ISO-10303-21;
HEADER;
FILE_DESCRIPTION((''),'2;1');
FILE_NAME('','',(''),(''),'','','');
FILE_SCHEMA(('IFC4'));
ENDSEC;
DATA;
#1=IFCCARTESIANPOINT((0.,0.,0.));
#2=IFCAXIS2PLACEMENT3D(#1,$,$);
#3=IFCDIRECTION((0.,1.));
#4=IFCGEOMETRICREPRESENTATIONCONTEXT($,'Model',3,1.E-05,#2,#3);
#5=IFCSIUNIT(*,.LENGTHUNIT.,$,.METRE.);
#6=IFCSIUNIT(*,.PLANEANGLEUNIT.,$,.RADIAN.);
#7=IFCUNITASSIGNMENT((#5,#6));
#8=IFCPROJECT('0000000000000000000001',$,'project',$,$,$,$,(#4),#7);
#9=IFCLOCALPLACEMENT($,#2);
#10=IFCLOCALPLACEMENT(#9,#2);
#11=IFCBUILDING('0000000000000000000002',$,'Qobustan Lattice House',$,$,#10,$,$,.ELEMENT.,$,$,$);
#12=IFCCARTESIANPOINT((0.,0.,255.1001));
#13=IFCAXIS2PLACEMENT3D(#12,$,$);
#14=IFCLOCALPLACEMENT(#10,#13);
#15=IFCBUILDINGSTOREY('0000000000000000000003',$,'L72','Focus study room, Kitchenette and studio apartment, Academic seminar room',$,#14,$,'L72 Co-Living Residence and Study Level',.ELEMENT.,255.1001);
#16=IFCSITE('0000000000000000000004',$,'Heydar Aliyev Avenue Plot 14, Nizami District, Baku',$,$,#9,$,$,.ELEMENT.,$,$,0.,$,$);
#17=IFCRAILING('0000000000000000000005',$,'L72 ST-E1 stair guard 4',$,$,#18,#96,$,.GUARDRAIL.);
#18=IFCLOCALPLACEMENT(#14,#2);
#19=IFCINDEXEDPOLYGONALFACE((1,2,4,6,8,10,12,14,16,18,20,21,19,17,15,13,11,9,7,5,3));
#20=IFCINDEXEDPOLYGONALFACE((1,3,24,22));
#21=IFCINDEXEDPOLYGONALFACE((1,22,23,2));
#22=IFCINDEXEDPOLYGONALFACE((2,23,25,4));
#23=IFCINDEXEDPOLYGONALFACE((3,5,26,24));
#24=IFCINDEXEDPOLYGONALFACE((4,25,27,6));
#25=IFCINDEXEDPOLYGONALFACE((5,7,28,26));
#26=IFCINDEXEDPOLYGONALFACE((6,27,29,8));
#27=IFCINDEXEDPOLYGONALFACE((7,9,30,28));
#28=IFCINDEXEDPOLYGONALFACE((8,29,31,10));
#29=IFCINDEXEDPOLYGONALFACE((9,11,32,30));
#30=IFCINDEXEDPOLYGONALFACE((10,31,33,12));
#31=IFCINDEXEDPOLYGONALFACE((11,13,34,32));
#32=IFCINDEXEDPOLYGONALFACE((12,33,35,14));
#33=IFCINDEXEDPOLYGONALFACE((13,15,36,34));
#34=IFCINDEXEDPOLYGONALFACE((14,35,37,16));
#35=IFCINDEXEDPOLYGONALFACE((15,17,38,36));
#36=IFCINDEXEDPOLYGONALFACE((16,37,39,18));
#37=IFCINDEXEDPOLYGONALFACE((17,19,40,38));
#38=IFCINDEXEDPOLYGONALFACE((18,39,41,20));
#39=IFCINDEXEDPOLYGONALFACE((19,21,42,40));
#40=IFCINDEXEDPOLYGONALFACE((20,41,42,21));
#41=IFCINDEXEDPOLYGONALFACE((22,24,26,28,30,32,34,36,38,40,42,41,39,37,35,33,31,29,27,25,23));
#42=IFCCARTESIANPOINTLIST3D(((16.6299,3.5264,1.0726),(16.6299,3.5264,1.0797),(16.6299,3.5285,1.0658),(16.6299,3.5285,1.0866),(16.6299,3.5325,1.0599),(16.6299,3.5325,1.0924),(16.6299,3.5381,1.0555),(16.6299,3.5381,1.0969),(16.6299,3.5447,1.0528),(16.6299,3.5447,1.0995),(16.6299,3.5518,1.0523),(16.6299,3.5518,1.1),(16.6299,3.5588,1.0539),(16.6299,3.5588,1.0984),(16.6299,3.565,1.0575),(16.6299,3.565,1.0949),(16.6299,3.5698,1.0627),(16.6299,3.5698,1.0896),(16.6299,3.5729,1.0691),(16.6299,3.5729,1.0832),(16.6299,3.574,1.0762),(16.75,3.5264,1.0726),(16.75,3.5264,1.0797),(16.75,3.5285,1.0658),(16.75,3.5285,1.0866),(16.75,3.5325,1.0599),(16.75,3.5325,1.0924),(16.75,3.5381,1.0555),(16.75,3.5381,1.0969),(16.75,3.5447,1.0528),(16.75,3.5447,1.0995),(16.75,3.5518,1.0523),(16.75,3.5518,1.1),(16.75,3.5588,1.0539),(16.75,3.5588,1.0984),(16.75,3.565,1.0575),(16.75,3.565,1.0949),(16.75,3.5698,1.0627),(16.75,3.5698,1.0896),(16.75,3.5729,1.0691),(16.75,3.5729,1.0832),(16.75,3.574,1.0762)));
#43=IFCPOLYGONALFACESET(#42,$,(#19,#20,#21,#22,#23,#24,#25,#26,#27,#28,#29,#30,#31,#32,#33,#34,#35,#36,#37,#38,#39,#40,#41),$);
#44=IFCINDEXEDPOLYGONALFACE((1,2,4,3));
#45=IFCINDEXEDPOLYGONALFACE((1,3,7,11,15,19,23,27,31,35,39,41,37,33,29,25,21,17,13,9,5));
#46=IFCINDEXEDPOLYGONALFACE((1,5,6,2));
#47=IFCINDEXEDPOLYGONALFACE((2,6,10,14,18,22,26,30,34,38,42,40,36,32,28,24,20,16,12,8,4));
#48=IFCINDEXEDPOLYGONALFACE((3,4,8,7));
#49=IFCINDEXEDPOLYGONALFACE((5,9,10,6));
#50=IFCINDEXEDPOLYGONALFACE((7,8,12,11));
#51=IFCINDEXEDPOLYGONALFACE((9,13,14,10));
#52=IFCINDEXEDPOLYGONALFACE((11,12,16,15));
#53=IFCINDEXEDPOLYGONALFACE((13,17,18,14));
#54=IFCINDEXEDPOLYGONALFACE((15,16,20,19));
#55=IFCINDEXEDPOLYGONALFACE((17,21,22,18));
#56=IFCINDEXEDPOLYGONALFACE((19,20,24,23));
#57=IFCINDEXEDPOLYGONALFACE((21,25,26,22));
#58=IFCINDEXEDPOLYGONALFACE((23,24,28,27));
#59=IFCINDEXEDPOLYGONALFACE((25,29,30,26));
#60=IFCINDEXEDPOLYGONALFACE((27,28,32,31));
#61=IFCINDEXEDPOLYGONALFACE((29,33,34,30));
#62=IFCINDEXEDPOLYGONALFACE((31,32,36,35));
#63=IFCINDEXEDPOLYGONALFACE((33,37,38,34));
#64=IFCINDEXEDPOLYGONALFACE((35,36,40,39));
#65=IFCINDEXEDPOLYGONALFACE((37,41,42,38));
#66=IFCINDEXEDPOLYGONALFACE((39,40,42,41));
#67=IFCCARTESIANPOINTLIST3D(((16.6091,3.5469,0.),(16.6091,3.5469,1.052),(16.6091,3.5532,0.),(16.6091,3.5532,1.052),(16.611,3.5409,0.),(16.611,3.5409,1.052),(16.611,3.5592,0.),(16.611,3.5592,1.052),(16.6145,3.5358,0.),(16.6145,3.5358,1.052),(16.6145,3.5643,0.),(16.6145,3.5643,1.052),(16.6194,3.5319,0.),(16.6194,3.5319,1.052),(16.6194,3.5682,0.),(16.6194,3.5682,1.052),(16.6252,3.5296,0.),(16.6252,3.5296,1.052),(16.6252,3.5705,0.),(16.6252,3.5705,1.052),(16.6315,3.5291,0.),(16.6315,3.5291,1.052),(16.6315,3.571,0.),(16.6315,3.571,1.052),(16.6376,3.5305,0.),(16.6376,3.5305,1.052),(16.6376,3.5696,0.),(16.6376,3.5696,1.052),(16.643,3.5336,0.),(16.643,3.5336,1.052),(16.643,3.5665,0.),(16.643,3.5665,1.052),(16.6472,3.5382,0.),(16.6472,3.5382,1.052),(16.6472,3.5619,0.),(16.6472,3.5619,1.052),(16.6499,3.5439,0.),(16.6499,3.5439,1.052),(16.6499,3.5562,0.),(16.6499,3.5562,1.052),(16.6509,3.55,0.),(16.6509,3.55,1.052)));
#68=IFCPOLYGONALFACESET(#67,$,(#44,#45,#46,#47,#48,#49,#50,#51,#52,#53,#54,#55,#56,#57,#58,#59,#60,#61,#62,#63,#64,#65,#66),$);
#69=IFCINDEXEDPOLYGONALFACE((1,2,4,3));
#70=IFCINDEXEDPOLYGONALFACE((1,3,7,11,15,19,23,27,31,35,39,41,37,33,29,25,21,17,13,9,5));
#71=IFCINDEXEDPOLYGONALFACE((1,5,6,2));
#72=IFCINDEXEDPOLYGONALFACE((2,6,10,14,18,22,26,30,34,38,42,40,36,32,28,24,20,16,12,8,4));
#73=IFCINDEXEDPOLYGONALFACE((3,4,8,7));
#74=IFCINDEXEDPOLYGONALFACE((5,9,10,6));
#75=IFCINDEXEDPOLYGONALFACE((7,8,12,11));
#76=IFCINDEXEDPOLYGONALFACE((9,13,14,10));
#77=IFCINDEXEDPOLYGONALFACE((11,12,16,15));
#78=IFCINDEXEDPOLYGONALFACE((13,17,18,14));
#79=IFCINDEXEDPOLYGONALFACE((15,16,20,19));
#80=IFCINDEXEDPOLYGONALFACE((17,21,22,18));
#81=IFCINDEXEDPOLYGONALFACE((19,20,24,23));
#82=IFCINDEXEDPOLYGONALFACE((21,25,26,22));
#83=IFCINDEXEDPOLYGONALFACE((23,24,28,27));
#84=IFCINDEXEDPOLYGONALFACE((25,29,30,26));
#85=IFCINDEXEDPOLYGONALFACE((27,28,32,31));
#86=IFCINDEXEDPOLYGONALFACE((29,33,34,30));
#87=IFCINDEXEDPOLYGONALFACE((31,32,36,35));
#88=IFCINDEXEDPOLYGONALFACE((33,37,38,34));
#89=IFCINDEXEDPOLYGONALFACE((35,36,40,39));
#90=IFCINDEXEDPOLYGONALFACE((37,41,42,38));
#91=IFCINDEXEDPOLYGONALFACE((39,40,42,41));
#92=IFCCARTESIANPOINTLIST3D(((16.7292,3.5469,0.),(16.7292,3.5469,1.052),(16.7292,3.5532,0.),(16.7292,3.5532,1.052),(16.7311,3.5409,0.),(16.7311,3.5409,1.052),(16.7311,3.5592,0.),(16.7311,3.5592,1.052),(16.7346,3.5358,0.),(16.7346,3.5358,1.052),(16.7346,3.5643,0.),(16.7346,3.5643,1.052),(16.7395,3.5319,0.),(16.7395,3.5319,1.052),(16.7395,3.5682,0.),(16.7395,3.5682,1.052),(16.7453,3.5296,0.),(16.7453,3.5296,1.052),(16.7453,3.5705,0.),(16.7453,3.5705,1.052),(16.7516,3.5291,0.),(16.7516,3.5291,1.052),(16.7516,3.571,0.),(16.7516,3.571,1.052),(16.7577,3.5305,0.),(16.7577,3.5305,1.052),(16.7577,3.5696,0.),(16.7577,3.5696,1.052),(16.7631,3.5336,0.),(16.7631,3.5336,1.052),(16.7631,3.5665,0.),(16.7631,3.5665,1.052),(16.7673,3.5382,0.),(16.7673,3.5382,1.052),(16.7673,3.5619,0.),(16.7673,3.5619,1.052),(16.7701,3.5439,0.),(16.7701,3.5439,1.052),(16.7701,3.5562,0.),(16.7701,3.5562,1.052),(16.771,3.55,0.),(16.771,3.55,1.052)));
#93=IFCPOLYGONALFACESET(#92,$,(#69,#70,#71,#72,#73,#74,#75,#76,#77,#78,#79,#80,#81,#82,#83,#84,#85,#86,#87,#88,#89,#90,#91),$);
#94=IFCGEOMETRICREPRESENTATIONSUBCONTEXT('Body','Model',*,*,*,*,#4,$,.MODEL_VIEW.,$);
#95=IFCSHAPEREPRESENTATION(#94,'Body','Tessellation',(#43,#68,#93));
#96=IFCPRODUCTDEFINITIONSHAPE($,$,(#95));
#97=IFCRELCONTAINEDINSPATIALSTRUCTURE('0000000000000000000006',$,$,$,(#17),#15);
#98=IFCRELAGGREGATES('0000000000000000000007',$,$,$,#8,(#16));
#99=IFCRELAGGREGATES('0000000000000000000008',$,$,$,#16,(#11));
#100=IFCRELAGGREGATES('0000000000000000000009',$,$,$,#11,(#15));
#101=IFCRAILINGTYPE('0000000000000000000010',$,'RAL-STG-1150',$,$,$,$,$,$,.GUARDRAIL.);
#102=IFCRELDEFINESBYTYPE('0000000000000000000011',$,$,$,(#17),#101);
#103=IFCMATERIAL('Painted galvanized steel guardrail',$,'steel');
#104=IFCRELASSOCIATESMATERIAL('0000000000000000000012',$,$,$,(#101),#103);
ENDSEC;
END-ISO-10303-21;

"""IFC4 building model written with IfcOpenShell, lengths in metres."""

from ifc_helpers import new_model, si_unit, direction, frame, origin, origin_2d, place, context, subcontext, project, spatial, circle, extrude, material, type_object, element, save


model = new_model("IFC4")

# Units and contexts
model_context = context("Model", 3, precision=1e-05, world=origin(), true_north=direction((0.0, 1.0)))
body_context = subcontext(model_context, "Body", "Model", "MODEL_VIEW")
ifc_project = project(units=[si_unit("LENGTHUNIT", "METRE"), si_unit("PLANEANGLEUNIT", "RADIAN")], contexts=[model_context])

# Site, building, storey
site_placement = place(None, origin())
site = spatial("IfcSite", under=ifc_project, at=site_placement, Name="Heydar Aliyev Avenue Plot 14, Nizami District, Baku", CompositionType="ELEMENT", RefElevation=0.0)
building_placement = place(site_placement, origin())
building = spatial("IfcBuilding", under=site, at=building_placement, Name="Qobustan Lattice House", CompositionType="ELEMENT")
storey_placement = place(building_placement, frame((0.0, 0.0, 255.1001)))
storey = spatial("IfcBuildingStorey", under=building, at=storey_placement, Name="L72", Description="Focus study room, Kitchenette and studio apartment, Academic seminar room", LongName="L72 Co-Living Residence and Study Level", CompositionType="ELEMENT", Elevation=255.1001)

# Railing
ifc_material_1 = material(Name="Painted galvanized steel guardrail", Category="steel")
railing_type_1 = type_object("IfcRailingType", Name="RAL-STG-1150", PredefinedType="GUARDRAIL", material=ifc_material_1)
railing_1_placement = place(storey_placement, frame((16.6299, 3.55, 0.0)))
element("IfcRailing", 1, at=railing_1_placement, inside=storey, type_object=railing_type_1, Name="L72 ST-E1 stair guard 4", PredefinedType="GUARDRAIL", context=body_context, shape_type="SweptSolid", body=[
    extrude(circle(Radius=0.0239, at=origin_2d()), frame((0.0, 0.0, 1.0762), z_axis=(1.0, 0.0, 0.0), x_axis=(0.0, 1.0, 0.0)), (0.0, 0.0, 1.0), 0.1201),
    extrude(circle(Radius=0.021, at=origin_2d()), origin(), (0.0, 0.0, 1.0), 1.052),
    extrude(circle(Radius=0.021, at=origin_2d()), frame((0.1201, 0.0, 0.0)), (0.0, 0.0, 1.0), 1.052),
])

save(model, "model.ifc")
